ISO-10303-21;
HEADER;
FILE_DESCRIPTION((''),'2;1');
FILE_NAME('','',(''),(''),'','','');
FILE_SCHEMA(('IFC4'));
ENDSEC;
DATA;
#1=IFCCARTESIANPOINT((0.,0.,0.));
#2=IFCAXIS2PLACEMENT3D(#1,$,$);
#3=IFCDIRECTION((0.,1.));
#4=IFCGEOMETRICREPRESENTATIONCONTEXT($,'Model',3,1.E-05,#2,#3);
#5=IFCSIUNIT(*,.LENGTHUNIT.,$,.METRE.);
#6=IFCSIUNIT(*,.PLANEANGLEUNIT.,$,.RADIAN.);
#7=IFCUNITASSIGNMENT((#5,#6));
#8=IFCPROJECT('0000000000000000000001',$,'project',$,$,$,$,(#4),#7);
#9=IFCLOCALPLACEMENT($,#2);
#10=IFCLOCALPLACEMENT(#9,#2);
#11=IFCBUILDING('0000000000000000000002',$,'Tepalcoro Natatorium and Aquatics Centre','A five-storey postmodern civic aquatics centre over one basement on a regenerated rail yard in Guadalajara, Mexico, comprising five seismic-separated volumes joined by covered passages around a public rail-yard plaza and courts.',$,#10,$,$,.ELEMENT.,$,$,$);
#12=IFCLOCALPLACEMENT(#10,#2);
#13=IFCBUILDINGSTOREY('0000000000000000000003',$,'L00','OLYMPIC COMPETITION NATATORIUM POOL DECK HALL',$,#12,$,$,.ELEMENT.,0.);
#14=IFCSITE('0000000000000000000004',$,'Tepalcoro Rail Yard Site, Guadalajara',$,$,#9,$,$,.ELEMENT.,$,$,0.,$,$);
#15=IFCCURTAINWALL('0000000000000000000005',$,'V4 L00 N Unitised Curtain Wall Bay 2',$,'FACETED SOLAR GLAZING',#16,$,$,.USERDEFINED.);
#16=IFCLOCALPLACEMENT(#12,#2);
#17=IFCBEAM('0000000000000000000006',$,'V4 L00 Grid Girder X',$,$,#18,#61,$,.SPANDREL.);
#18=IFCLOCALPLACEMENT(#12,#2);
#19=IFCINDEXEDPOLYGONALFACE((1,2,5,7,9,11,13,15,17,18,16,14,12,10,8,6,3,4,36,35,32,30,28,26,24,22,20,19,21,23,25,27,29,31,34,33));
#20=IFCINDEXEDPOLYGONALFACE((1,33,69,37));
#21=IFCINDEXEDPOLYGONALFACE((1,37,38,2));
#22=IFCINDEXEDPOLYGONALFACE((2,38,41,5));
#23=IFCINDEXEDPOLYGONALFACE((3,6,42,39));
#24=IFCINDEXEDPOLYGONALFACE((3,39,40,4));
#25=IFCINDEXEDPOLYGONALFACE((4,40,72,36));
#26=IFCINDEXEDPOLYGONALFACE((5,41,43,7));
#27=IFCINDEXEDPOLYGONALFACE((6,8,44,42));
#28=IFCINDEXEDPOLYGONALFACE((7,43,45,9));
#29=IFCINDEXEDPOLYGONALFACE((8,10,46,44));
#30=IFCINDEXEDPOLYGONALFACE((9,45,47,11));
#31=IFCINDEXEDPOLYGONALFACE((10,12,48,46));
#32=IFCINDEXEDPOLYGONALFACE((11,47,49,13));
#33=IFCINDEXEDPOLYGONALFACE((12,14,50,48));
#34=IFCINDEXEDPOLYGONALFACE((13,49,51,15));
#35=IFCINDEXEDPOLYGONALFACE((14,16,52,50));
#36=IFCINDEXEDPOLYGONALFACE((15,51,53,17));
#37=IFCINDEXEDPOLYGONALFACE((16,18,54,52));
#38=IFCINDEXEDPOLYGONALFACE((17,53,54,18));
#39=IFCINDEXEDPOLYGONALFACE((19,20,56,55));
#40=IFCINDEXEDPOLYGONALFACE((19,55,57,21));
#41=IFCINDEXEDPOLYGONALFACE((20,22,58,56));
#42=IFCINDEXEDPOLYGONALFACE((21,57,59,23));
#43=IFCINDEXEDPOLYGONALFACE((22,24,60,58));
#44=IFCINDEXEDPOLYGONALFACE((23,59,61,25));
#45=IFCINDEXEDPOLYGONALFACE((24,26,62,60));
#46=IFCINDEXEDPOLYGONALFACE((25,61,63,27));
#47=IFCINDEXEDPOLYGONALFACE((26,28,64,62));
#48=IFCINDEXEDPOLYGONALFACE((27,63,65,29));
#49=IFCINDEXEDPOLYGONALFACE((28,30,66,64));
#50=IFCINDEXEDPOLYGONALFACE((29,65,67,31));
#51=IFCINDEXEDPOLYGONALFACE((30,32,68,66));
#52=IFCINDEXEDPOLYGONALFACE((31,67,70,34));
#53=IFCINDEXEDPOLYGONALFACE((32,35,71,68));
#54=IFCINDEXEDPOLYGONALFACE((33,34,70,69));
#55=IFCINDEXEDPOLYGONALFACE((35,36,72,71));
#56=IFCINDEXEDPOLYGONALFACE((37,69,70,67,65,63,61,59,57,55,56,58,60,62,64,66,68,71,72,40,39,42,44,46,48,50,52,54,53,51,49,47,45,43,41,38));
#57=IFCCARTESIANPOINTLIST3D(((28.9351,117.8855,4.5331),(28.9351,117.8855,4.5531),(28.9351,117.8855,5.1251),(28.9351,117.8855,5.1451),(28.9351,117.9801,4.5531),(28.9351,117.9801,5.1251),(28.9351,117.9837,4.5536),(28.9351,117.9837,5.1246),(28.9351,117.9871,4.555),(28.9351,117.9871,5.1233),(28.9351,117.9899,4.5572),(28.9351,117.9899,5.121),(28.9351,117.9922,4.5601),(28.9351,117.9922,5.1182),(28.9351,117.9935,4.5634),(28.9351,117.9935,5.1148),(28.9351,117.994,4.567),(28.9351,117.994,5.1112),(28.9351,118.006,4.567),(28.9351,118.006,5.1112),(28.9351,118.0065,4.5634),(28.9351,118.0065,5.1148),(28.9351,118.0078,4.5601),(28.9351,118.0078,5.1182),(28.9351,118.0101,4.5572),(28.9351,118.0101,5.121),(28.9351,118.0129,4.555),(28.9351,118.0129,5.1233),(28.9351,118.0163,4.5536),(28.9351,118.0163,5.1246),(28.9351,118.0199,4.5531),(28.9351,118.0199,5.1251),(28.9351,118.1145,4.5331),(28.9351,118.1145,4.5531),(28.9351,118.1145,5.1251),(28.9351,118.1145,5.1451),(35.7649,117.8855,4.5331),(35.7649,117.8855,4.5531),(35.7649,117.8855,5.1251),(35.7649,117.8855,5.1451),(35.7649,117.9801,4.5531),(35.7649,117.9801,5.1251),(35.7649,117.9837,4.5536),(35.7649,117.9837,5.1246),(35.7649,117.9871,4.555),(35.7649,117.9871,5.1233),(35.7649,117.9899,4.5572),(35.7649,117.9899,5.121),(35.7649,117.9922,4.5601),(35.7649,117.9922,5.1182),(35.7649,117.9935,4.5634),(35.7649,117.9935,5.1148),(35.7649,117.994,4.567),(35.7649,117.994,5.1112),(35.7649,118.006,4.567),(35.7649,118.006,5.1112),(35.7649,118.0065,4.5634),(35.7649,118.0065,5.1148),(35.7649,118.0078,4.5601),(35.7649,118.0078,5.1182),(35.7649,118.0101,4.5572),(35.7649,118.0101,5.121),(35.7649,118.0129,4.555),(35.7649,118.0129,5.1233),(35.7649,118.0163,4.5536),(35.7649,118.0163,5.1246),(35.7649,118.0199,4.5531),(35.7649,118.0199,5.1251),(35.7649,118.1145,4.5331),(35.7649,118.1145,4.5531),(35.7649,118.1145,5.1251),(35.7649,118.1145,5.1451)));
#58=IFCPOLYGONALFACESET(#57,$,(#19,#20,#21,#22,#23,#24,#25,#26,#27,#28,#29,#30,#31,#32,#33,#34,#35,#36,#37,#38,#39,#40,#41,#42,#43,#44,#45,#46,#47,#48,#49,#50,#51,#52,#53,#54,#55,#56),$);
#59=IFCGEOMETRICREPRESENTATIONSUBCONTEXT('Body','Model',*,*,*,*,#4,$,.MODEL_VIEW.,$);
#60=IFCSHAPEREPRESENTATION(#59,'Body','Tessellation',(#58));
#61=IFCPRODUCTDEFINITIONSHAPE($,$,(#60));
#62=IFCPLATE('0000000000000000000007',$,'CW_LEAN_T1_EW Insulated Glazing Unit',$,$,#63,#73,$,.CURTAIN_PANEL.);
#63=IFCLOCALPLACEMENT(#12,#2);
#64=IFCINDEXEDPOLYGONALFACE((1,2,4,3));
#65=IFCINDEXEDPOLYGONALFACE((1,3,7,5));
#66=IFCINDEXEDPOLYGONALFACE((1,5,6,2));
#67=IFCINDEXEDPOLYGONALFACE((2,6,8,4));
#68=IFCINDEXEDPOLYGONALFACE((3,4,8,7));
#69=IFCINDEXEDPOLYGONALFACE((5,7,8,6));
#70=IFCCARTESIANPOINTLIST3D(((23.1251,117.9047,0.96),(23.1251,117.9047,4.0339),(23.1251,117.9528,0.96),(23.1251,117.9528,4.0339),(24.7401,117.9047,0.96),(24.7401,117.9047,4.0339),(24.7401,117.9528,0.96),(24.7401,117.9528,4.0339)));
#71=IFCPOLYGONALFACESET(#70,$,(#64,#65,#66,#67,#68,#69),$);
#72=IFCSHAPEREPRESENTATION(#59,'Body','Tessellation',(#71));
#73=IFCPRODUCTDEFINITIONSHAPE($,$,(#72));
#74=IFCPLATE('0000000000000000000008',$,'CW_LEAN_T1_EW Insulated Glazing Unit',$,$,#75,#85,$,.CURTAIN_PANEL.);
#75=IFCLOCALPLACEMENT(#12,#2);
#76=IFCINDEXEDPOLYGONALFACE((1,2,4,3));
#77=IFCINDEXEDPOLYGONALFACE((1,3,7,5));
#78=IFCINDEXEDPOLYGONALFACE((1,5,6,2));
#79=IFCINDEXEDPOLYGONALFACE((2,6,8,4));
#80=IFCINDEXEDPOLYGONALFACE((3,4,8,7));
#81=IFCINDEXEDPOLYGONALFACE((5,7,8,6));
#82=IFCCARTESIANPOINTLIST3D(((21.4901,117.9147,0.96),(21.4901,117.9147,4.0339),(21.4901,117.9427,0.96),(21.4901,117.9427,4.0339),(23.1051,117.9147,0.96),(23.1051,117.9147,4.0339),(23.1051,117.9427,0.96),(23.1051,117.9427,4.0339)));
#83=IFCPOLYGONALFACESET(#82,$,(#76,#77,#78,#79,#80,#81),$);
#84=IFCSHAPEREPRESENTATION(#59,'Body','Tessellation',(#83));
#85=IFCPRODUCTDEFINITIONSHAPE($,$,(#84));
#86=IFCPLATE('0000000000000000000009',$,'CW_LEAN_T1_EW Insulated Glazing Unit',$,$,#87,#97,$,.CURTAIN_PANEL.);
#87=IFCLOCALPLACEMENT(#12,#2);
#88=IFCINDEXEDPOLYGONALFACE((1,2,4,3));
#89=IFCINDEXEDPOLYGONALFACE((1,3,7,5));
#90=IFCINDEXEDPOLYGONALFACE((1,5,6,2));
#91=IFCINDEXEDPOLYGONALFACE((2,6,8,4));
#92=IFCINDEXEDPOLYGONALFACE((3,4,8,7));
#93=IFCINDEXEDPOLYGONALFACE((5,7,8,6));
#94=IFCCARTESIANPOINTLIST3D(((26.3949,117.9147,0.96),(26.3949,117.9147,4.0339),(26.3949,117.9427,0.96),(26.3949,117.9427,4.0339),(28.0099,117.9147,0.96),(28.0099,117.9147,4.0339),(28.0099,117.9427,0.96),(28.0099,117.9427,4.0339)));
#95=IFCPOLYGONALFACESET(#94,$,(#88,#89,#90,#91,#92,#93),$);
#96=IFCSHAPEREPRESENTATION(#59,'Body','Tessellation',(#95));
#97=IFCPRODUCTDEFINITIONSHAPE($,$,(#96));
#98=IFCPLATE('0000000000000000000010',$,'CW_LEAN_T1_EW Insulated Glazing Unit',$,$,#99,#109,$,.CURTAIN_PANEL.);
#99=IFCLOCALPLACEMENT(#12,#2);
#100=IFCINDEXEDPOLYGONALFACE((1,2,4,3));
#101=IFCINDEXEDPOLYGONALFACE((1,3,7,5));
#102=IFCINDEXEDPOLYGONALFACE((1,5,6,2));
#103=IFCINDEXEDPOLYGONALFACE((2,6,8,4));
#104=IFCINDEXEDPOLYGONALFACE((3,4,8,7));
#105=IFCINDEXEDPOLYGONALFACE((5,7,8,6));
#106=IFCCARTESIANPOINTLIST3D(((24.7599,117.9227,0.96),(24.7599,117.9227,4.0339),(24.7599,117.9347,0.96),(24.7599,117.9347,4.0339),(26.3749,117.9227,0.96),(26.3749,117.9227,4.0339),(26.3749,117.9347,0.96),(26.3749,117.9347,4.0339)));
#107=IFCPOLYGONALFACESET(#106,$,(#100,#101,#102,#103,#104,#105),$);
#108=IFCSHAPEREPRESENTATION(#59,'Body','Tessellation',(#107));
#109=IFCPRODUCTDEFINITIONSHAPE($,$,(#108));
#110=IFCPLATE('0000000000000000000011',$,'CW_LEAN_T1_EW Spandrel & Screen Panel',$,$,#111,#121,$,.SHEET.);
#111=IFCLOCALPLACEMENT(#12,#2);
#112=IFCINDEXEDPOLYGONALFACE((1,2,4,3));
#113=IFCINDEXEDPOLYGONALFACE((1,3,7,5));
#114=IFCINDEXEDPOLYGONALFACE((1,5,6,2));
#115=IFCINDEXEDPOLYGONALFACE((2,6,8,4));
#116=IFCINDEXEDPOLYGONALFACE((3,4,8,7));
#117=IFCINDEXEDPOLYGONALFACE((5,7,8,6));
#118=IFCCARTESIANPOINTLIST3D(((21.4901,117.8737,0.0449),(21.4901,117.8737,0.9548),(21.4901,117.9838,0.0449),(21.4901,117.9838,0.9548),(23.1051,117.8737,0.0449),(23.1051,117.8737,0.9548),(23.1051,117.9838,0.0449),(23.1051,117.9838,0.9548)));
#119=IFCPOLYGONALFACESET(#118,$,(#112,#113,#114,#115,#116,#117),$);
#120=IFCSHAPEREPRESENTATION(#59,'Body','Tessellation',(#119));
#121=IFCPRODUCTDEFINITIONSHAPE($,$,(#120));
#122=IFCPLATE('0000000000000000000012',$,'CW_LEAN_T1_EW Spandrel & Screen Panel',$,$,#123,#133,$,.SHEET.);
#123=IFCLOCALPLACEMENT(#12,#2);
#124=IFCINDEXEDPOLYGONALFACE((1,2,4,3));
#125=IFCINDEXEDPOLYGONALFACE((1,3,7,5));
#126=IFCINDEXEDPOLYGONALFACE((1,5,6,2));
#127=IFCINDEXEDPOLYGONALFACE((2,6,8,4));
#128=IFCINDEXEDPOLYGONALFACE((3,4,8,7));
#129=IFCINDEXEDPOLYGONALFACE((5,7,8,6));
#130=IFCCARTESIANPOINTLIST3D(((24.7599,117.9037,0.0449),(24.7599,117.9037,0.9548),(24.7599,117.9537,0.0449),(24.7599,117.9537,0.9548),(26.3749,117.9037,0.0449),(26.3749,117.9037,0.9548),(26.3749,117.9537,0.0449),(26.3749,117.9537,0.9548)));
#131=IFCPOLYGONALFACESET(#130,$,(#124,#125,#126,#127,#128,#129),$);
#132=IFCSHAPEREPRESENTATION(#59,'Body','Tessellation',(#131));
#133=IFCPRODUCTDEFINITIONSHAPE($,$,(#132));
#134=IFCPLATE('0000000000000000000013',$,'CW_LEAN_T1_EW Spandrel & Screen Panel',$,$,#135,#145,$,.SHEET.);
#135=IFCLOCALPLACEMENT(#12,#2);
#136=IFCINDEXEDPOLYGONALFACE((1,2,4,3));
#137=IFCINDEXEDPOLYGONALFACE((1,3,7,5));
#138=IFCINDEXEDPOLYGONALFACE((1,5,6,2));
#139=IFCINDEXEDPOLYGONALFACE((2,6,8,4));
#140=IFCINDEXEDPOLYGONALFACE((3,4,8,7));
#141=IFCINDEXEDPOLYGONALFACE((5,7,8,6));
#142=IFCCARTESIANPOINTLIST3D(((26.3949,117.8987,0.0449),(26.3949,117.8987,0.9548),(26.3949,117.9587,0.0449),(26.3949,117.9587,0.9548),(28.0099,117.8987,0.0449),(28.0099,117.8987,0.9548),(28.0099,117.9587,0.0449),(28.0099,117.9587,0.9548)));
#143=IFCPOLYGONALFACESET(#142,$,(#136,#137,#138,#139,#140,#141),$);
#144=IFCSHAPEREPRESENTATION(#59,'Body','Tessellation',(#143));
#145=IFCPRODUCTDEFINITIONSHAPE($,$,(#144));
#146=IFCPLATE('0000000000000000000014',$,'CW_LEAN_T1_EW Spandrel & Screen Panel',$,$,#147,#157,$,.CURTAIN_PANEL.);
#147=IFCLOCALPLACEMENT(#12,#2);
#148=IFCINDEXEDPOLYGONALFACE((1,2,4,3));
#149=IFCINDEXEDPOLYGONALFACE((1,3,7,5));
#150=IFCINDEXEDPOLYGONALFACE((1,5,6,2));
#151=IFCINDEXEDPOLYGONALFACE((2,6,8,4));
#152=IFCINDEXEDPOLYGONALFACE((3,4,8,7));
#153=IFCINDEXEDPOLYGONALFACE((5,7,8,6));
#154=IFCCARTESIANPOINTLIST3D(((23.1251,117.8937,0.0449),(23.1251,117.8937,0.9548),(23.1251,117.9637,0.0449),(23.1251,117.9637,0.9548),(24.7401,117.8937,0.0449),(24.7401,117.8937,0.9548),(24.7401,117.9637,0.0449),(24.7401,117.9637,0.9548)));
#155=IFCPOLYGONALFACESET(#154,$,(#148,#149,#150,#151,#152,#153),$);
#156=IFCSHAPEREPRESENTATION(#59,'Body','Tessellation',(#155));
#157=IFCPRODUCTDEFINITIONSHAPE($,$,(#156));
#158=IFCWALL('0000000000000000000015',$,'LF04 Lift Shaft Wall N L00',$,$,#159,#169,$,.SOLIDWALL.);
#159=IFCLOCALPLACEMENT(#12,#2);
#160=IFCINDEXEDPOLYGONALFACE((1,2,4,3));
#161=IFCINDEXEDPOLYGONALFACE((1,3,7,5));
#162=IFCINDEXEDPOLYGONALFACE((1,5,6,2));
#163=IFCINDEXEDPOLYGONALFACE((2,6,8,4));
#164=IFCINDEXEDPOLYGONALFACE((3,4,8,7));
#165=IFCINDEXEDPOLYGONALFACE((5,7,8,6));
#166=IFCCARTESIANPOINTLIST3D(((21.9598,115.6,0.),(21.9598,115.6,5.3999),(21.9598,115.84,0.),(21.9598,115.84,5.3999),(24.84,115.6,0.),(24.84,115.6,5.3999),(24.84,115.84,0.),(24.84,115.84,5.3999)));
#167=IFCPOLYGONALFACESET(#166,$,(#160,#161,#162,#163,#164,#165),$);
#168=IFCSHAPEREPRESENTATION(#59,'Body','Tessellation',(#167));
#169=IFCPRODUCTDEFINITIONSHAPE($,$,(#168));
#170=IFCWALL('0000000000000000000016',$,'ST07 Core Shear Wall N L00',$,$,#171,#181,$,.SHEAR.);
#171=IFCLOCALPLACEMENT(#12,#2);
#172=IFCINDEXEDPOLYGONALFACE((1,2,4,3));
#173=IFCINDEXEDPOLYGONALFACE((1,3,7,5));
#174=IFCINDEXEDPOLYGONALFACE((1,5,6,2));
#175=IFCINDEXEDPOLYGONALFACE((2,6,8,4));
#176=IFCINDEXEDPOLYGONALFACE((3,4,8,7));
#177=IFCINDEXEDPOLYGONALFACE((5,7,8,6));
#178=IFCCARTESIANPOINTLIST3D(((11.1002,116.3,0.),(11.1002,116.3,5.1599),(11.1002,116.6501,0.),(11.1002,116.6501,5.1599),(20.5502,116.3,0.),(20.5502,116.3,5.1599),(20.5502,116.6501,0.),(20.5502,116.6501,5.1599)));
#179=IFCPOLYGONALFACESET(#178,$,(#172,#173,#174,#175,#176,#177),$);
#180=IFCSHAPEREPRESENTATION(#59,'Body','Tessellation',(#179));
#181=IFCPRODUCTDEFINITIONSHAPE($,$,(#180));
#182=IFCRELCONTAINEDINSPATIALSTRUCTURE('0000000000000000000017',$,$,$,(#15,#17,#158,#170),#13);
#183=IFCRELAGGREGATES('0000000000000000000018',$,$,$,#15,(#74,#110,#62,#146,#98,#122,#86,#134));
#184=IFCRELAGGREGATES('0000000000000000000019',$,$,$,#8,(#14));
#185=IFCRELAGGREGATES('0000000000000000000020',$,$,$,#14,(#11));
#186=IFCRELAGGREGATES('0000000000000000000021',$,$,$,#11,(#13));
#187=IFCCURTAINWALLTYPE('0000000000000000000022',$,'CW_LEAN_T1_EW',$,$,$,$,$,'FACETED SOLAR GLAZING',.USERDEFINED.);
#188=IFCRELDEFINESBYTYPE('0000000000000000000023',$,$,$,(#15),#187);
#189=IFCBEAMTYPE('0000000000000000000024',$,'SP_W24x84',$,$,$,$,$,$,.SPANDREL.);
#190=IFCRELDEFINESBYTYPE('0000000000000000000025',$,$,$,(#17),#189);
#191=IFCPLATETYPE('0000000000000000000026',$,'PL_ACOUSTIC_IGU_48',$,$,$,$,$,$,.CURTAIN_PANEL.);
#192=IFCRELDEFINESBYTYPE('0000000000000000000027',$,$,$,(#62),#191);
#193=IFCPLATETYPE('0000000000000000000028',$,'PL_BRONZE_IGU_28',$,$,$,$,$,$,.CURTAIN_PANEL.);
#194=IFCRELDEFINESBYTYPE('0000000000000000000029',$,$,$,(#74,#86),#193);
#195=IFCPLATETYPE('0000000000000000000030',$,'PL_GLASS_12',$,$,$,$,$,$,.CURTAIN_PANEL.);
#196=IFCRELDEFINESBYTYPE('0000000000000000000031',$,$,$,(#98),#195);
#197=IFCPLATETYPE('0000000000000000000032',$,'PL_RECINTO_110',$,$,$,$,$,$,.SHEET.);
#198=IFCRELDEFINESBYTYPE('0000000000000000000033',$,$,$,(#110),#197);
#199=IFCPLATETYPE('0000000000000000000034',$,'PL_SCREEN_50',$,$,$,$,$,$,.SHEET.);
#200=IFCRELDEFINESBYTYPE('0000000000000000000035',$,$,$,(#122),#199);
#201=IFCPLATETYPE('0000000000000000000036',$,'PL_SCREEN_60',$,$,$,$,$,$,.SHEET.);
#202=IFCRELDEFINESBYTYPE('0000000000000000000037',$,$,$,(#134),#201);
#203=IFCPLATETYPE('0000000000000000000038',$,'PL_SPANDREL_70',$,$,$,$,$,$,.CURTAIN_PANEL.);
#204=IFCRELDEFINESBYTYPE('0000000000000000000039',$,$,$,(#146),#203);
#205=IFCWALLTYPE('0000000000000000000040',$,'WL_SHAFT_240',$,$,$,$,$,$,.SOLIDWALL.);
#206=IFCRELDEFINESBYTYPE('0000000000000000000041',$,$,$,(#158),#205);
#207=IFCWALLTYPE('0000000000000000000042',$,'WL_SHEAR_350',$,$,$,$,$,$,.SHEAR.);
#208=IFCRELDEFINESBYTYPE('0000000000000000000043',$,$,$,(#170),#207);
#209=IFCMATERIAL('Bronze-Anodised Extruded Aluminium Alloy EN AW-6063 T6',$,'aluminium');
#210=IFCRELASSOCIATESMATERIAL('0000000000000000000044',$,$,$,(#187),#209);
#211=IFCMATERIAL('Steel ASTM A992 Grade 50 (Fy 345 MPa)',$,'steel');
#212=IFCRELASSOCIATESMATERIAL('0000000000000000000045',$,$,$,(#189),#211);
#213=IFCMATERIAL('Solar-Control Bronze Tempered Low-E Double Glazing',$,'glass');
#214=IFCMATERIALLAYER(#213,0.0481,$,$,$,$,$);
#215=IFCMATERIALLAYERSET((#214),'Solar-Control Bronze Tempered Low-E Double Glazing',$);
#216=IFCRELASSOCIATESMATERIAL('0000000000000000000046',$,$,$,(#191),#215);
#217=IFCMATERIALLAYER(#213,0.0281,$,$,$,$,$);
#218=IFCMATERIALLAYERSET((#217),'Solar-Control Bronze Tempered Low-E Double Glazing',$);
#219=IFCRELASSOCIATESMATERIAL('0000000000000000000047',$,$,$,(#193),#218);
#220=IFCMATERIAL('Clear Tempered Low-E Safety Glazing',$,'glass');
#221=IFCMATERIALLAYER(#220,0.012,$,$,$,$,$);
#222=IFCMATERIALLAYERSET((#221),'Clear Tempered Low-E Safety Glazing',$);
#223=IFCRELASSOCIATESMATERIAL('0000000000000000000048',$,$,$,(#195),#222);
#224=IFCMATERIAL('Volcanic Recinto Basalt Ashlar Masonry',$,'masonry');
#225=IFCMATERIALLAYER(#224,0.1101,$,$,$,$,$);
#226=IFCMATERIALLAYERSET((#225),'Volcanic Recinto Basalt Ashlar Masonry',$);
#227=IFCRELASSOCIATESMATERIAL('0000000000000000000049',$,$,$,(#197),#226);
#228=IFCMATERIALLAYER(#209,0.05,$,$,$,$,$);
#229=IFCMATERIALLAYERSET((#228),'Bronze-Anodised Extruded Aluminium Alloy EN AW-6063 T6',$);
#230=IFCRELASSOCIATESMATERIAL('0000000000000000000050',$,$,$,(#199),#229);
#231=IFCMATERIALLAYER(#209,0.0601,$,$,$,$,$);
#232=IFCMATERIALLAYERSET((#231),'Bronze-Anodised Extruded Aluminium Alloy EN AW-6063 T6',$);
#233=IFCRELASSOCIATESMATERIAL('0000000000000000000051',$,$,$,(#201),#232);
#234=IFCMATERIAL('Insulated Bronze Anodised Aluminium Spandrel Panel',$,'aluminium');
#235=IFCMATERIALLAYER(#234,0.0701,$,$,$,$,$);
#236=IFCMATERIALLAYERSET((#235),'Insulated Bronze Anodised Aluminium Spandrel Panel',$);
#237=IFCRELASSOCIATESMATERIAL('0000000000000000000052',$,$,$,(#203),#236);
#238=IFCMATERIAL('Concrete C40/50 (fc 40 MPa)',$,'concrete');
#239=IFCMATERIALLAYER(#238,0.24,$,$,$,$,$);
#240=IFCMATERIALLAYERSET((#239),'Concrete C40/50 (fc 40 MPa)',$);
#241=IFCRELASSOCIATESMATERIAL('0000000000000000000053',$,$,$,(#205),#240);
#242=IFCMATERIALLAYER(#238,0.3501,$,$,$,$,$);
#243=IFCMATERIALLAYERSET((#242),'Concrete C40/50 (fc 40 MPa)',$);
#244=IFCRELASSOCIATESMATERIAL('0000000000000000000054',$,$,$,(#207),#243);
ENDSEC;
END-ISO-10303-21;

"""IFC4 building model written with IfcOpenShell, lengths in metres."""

from ifc_helpers import new_model, si_unit, direction, frame, frame_2d, origin, origin_2d, place, context, subcontext, project, spatial, rectangle, i_section, extrude, material, layer, layer_set, material_profile, profile_set, type_object, element, aggregate, save


model = new_model("IFC4")

# Units and contexts
model_context = context("Model", 3, precision=1e-05, world=origin(), true_north=direction((0.0, 1.0)))
body_context = subcontext(model_context, "Body", "Model", "MODEL_VIEW")
ifc_project = project(units=[si_unit("LENGTHUNIT", "METRE"), si_unit("PLANEANGLEUNIT", "RADIAN")], contexts=[model_context])

# Site, building, storey
site_placement = place(None, origin())
site = spatial("IfcSite", under=ifc_project, at=site_placement, Name="Tepalcoro Rail Yard Site, Guadalajara", CompositionType="ELEMENT", RefElevation=0.0)
building_placement = place(site_placement, origin())
building = spatial("IfcBuilding", under=site, at=building_placement, Name="Tepalcoro Natatorium and Aquatics Centre", Description="A five-storey postmodern civic aquatics centre over one basement on a regenerated rail yard in Guadalajara, Mexico, comprising five seismic-separated volumes joined by covered passages around a public rail-yard plaza and courts.", CompositionType="ELEMENT")
storey_placement = place(building_placement, origin())
storey = spatial("IfcBuildingStorey", under=building, at=storey_placement, Name="L00", Description="OLYMPIC COMPETITION NATATORIUM POOL DECK HALL", CompositionType="ELEMENT", Elevation=0.0)

# Shared definitions
ifc_material_1 = material(Name="Concrete C40/50 (fc 40 MPa)", Category="concrete")

# Curtain wall
ifc_material_2 = material(Name="Bronze-Anodised Extruded Aluminium Alloy EN AW-6063 T6", Category="aluminium")
curtain_wall_type_1 = type_object("IfcCurtainWallType", Name="CW_LEAN_T1_EW", ElementType="FACETED SOLAR GLAZING", PredefinedType="USERDEFINED", material=ifc_material_2)
curtain_wall_1_placement = place(storey_placement, origin())
curtain_wall_1 = element("IfcCurtainWall", 1, at=curtain_wall_1_placement, inside=storey, type_object=curtain_wall_type_1, Name="V4 L00 N Unitised Curtain Wall Bay 2", ObjectType="FACETED SOLAR GLAZING", PredefinedType="USERDEFINED")

# Beam
ifc_material_3 = material(Name="Steel ASTM A992 Grade 50 (Fy 345 MPa)", Category="steel")
ifc_material_profile_1 = material_profile(ifc_material_3, i_section(OverallWidth=0.229, OverallDepth=0.6121, WebThickness=0.012, FlangeThickness=0.02, FilletRadius=0.0139, at=origin_2d()), Name="W24X84")
ifc_profile_set_1 = profile_set([ifc_material_profile_1], Name="Steel ASTM A992 Grade 50 (Fy 345 MPa)")
beam_type_1 = type_object("IfcBeamType", Name="SP_W24x84", PredefinedType="SPANDREL", material=ifc_profile_set_1)
beam_1_placement = place(storey_placement, frame((28.9351, 118.0, 4.8391), z_axis=(1.0, 0.0, 0.0), x_axis=(0.0, 1.0, 0.0)))
element("IfcBeam", 2, at=beam_1_placement, inside=storey, type_object=beam_type_1, Name="V4 L00 Grid Girder X", PredefinedType="SPANDREL", context=body_context, shape_type="SweptSolid", body=[
    extrude(i_section(OverallWidth=0.229, OverallDepth=0.6121, WebThickness=0.012, FlangeThickness=0.02, FilletRadius=0.0139, at=origin_2d()), origin(), (0.0, 0.0, 1.0), 6.8298),
])

# Plates
ifc_material_4 = material(Name="Solar-Control Bronze Tempered Low-E Double Glazing", Category="glass")
ifc_layer_1 = layer(ifc_material_4, 0.0481)
ifc_layer_set_1 = layer_set([ifc_layer_1], Name="Solar-Control Bronze Tempered Low-E Double Glazing")
plate_type_1 = type_object("IfcPlateType", Name="PL_ACOUSTIC_IGU_48", PredefinedType="CURTAIN_PANEL", material=ifc_layer_set_1)
plate_1_placement = place(storey_placement, frame((23.9326, 117.9287, 0.96), z_axis=(0.0, 0.0, 1.0), x_axis=(1.0, 0.0, 0.0)))
plate_1 = element("IfcPlate", 3, at=plate_1_placement, type_object=plate_type_1, Name="CW_LEAN_T1_EW Insulated Glazing Unit", PredefinedType="CURTAIN_PANEL", context=body_context, shape_type="SweptSolid", body=[
    extrude(rectangle(XDim=1.615, YDim=0.0481, at=origin_2d()), origin(), (0.0, 0.0, 1.0), 3.074),
])
ifc_layer_2 = layer(ifc_material_4, 0.0281)
ifc_layer_set_2 = layer_set([ifc_layer_2], Name="Solar-Control Bronze Tempered Low-E Double Glazing")
plate_type_2 = type_object("IfcPlateType", Name="PL_BRONZE_IGU_28", PredefinedType="CURTAIN_PANEL", material=ifc_layer_set_2)
plate_2_placement = place(storey_placement, frame((22.2976, 117.9287, 0.96), z_axis=(0.0, 0.0, 1.0), x_axis=(1.0, 0.0, 0.0)))
plate_2 = element("IfcPlate", 4, at=plate_2_placement, type_object=plate_type_2, Name="CW_LEAN_T1_EW Insulated Glazing Unit", PredefinedType="CURTAIN_PANEL", context=body_context, shape_type="SweptSolid", body=[
    extrude(rectangle(XDim=1.615, YDim=0.0281, at=origin_2d()), origin(), (0.0, 0.0, 1.0), 3.074),
])
plate_3_placement = place(storey_placement, frame((27.2024, 117.9287, 0.96), z_axis=(0.0, 0.0, 1.0), x_axis=(1.0, 0.0, 0.0)))
plate_3 = element("IfcPlate", 5, at=plate_3_placement, type_object=plate_type_2, Name="CW_LEAN_T1_EW Insulated Glazing Unit", PredefinedType="CURTAIN_PANEL", context=body_context, shape_type="SweptSolid", body=[
    extrude(rectangle(XDim=1.615, YDim=0.0281, at=origin_2d()), origin(), (0.0, 0.0, 1.0), 3.074),
])
ifc_material_5 = material(Name="Clear Tempered Low-E Safety Glazing", Category="glass")
ifc_layer_3 = layer(ifc_material_5, 0.012)
ifc_layer_set_3 = layer_set([ifc_layer_3], Name="Clear Tempered Low-E Safety Glazing")
plate_type_3 = type_object("IfcPlateType", Name="PL_GLASS_12", PredefinedType="CURTAIN_PANEL", material=ifc_layer_set_3)
plate_4_placement = place(storey_placement, frame((25.5674, 117.9287, 0.96), z_axis=(0.0, 0.0, 1.0), x_axis=(1.0, 0.0, 0.0)))
plate_4 = element("IfcPlate", 6, at=plate_4_placement, type_object=plate_type_3, Name="CW_LEAN_T1_EW Insulated Glazing Unit", PredefinedType="CURTAIN_PANEL", context=body_context, shape_type="SweptSolid", body=[
    extrude(rectangle(XDim=1.615, YDim=0.012, at=origin_2d()), origin(), (0.0, 0.0, 1.0), 3.074),
])
ifc_material_6 = material(Name="Volcanic Recinto Basalt Ashlar Masonry", Category="masonry")
ifc_layer_4 = layer(ifc_material_6, 0.1101)
ifc_layer_set_4 = layer_set([ifc_layer_4], Name="Volcanic Recinto Basalt Ashlar Masonry")
plate_type_4 = type_object("IfcPlateType", Name="PL_RECINTO_110", PredefinedType="SHEET", material=ifc_layer_set_4)
plate_5_placement = place(storey_placement, frame((22.2976, 117.9287, 0.0449), z_axis=(0.0, 0.0, 1.0), x_axis=(1.0, 0.0, 0.0)))
plate_5 = element("IfcPlate", 7, at=plate_5_placement, type_object=plate_type_4, Name="CW_LEAN_T1_EW Spandrel & Screen Panel", PredefinedType="SHEET", context=body_context, shape_type="SweptSolid", body=[
    extrude(rectangle(XDim=1.615, YDim=0.1101, at=origin_2d()), origin(), (0.0, 0.0, 1.0), 0.9099),
])
ifc_layer_5 = layer(ifc_material_2, 0.05)
ifc_layer_set_5 = layer_set([ifc_layer_5], Name="Bronze-Anodised Extruded Aluminium Alloy EN AW-6063 T6")
plate_type_5 = type_object("IfcPlateType", Name="PL_SCREEN_50", PredefinedType="SHEET", material=ifc_layer_set_5)
plate_6_placement = place(storey_placement, frame((25.5674, 117.9287, 0.0449), z_axis=(0.0, 0.0, 1.0), x_axis=(1.0, 0.0, 0.0)))
plate_6 = element("IfcPlate", 8, at=plate_6_placement, type_object=plate_type_5, Name="CW_LEAN_T1_EW Spandrel & Screen Panel", PredefinedType="SHEET", context=body_context, shape_type="SweptSolid", body=[
    extrude(rectangle(XDim=1.615, YDim=0.05, at=origin_2d()), origin(), (0.0, 0.0, 1.0), 0.9099),
])
ifc_layer_6 = layer(ifc_material_2, 0.0601)
ifc_layer_set_6 = layer_set([ifc_layer_6], Name="Bronze-Anodised Extruded Aluminium Alloy EN AW-6063 T6")
plate_type_6 = type_object("IfcPlateType", Name="PL_SCREEN_60", PredefinedType="SHEET", material=ifc_layer_set_6)
plate_7_placement = place(storey_placement, frame((27.2024, 117.9287, 0.0449), z_axis=(0.0, 0.0, 1.0), x_axis=(1.0, 0.0, 0.0)))
plate_7 = element("IfcPlate", 9, at=plate_7_placement, type_object=plate_type_6, Name="CW_LEAN_T1_EW Spandrel & Screen Panel", PredefinedType="SHEET", context=body_context, shape_type="SweptSolid", body=[
    extrude(rectangle(XDim=1.615, YDim=0.0601, at=origin_2d()), origin(), (0.0, 0.0, 1.0), 0.9099),
])
ifc_material_7 = material(Name="Insulated Bronze Anodised Aluminium Spandrel Panel", Category="aluminium")
ifc_layer_7 = layer(ifc_material_7, 0.0701)
ifc_layer_set_7 = layer_set([ifc_layer_7], Name="Insulated Bronze Anodised Aluminium Spandrel Panel")
plate_type_7 = type_object("IfcPlateType", Name="PL_SPANDREL_70", PredefinedType="CURTAIN_PANEL", material=ifc_layer_set_7)
plate_8_placement = place(storey_placement, frame((23.9326, 117.9287, 0.0449), z_axis=(0.0, 0.0, 1.0), x_axis=(1.0, 0.0, 0.0)))
plate_8 = element("IfcPlate", 10, at=plate_8_placement, type_object=plate_type_7, Name="CW_LEAN_T1_EW Spandrel & Screen Panel", PredefinedType="CURTAIN_PANEL", context=body_context, shape_type="SweptSolid", body=[
    extrude(rectangle(XDim=1.615, YDim=0.0701, at=origin_2d()), origin(), (0.0, 0.0, 1.0), 0.9099),
])
aggregate(curtain_wall_1, [plate_2, plate_5, plate_1, plate_8, plate_4, plate_6, plate_3, plate_7])

# Walls
ifc_layer_8 = layer(ifc_material_1, 0.24)
ifc_layer_set_8 = layer_set([ifc_layer_8], Name="Concrete C40/50 (fc 40 MPa)")
wall_type_1 = type_object("IfcWallType", Name="WL_SHAFT_240", PredefinedType="SOLIDWALL", material=ifc_layer_set_8)
wall_1_placement = place(storey_placement, frame((21.96, 115.72, 0.0), z_axis=(0.0, 0.0, 1.0), x_axis=(1.0, 0.0, 0.0)))
element("IfcWall", 11, at=wall_1_placement, inside=storey, type_object=wall_type_1, Name="LF04 Lift Shaft Wall N L00", PredefinedType="SOLIDWALL", context=body_context, shape_type="SweptSolid", body=[
    extrude(rectangle(XDim=2.8801, YDim=0.24, at=frame_2d((1.4399, 0.0))), origin(), (0.0, 0.0, 1.0), 5.3999),
])
ifc_layer_9 = layer(ifc_material_1, 0.3501)
ifc_layer_set_9 = layer_set([ifc_layer_9], Name="Concrete C40/50 (fc 40 MPa)")
wall_type_2 = type_object("IfcWallType", Name="WL_SHEAR_350", PredefinedType="SHEAR", material=ifc_layer_set_9)
wall_2_placement = place(storey_placement, frame((11.1001, 116.4751, 0.0), z_axis=(0.0, 0.0, 1.0), x_axis=(1.0, 0.0, 0.0)))
element("IfcWall", 12, at=wall_2_placement, inside=storey, type_object=wall_type_2, Name="ST07 Core Shear Wall N L00", PredefinedType="SHEAR", context=body_context, shape_type="SweptSolid", body=[
    extrude(rectangle(XDim=9.45, YDim=0.3501, at=frame_2d((4.7251, 0.0))), origin(), (0.0, 0.0, 1.0), 5.1599),
])

save(model, "model.ifc")
